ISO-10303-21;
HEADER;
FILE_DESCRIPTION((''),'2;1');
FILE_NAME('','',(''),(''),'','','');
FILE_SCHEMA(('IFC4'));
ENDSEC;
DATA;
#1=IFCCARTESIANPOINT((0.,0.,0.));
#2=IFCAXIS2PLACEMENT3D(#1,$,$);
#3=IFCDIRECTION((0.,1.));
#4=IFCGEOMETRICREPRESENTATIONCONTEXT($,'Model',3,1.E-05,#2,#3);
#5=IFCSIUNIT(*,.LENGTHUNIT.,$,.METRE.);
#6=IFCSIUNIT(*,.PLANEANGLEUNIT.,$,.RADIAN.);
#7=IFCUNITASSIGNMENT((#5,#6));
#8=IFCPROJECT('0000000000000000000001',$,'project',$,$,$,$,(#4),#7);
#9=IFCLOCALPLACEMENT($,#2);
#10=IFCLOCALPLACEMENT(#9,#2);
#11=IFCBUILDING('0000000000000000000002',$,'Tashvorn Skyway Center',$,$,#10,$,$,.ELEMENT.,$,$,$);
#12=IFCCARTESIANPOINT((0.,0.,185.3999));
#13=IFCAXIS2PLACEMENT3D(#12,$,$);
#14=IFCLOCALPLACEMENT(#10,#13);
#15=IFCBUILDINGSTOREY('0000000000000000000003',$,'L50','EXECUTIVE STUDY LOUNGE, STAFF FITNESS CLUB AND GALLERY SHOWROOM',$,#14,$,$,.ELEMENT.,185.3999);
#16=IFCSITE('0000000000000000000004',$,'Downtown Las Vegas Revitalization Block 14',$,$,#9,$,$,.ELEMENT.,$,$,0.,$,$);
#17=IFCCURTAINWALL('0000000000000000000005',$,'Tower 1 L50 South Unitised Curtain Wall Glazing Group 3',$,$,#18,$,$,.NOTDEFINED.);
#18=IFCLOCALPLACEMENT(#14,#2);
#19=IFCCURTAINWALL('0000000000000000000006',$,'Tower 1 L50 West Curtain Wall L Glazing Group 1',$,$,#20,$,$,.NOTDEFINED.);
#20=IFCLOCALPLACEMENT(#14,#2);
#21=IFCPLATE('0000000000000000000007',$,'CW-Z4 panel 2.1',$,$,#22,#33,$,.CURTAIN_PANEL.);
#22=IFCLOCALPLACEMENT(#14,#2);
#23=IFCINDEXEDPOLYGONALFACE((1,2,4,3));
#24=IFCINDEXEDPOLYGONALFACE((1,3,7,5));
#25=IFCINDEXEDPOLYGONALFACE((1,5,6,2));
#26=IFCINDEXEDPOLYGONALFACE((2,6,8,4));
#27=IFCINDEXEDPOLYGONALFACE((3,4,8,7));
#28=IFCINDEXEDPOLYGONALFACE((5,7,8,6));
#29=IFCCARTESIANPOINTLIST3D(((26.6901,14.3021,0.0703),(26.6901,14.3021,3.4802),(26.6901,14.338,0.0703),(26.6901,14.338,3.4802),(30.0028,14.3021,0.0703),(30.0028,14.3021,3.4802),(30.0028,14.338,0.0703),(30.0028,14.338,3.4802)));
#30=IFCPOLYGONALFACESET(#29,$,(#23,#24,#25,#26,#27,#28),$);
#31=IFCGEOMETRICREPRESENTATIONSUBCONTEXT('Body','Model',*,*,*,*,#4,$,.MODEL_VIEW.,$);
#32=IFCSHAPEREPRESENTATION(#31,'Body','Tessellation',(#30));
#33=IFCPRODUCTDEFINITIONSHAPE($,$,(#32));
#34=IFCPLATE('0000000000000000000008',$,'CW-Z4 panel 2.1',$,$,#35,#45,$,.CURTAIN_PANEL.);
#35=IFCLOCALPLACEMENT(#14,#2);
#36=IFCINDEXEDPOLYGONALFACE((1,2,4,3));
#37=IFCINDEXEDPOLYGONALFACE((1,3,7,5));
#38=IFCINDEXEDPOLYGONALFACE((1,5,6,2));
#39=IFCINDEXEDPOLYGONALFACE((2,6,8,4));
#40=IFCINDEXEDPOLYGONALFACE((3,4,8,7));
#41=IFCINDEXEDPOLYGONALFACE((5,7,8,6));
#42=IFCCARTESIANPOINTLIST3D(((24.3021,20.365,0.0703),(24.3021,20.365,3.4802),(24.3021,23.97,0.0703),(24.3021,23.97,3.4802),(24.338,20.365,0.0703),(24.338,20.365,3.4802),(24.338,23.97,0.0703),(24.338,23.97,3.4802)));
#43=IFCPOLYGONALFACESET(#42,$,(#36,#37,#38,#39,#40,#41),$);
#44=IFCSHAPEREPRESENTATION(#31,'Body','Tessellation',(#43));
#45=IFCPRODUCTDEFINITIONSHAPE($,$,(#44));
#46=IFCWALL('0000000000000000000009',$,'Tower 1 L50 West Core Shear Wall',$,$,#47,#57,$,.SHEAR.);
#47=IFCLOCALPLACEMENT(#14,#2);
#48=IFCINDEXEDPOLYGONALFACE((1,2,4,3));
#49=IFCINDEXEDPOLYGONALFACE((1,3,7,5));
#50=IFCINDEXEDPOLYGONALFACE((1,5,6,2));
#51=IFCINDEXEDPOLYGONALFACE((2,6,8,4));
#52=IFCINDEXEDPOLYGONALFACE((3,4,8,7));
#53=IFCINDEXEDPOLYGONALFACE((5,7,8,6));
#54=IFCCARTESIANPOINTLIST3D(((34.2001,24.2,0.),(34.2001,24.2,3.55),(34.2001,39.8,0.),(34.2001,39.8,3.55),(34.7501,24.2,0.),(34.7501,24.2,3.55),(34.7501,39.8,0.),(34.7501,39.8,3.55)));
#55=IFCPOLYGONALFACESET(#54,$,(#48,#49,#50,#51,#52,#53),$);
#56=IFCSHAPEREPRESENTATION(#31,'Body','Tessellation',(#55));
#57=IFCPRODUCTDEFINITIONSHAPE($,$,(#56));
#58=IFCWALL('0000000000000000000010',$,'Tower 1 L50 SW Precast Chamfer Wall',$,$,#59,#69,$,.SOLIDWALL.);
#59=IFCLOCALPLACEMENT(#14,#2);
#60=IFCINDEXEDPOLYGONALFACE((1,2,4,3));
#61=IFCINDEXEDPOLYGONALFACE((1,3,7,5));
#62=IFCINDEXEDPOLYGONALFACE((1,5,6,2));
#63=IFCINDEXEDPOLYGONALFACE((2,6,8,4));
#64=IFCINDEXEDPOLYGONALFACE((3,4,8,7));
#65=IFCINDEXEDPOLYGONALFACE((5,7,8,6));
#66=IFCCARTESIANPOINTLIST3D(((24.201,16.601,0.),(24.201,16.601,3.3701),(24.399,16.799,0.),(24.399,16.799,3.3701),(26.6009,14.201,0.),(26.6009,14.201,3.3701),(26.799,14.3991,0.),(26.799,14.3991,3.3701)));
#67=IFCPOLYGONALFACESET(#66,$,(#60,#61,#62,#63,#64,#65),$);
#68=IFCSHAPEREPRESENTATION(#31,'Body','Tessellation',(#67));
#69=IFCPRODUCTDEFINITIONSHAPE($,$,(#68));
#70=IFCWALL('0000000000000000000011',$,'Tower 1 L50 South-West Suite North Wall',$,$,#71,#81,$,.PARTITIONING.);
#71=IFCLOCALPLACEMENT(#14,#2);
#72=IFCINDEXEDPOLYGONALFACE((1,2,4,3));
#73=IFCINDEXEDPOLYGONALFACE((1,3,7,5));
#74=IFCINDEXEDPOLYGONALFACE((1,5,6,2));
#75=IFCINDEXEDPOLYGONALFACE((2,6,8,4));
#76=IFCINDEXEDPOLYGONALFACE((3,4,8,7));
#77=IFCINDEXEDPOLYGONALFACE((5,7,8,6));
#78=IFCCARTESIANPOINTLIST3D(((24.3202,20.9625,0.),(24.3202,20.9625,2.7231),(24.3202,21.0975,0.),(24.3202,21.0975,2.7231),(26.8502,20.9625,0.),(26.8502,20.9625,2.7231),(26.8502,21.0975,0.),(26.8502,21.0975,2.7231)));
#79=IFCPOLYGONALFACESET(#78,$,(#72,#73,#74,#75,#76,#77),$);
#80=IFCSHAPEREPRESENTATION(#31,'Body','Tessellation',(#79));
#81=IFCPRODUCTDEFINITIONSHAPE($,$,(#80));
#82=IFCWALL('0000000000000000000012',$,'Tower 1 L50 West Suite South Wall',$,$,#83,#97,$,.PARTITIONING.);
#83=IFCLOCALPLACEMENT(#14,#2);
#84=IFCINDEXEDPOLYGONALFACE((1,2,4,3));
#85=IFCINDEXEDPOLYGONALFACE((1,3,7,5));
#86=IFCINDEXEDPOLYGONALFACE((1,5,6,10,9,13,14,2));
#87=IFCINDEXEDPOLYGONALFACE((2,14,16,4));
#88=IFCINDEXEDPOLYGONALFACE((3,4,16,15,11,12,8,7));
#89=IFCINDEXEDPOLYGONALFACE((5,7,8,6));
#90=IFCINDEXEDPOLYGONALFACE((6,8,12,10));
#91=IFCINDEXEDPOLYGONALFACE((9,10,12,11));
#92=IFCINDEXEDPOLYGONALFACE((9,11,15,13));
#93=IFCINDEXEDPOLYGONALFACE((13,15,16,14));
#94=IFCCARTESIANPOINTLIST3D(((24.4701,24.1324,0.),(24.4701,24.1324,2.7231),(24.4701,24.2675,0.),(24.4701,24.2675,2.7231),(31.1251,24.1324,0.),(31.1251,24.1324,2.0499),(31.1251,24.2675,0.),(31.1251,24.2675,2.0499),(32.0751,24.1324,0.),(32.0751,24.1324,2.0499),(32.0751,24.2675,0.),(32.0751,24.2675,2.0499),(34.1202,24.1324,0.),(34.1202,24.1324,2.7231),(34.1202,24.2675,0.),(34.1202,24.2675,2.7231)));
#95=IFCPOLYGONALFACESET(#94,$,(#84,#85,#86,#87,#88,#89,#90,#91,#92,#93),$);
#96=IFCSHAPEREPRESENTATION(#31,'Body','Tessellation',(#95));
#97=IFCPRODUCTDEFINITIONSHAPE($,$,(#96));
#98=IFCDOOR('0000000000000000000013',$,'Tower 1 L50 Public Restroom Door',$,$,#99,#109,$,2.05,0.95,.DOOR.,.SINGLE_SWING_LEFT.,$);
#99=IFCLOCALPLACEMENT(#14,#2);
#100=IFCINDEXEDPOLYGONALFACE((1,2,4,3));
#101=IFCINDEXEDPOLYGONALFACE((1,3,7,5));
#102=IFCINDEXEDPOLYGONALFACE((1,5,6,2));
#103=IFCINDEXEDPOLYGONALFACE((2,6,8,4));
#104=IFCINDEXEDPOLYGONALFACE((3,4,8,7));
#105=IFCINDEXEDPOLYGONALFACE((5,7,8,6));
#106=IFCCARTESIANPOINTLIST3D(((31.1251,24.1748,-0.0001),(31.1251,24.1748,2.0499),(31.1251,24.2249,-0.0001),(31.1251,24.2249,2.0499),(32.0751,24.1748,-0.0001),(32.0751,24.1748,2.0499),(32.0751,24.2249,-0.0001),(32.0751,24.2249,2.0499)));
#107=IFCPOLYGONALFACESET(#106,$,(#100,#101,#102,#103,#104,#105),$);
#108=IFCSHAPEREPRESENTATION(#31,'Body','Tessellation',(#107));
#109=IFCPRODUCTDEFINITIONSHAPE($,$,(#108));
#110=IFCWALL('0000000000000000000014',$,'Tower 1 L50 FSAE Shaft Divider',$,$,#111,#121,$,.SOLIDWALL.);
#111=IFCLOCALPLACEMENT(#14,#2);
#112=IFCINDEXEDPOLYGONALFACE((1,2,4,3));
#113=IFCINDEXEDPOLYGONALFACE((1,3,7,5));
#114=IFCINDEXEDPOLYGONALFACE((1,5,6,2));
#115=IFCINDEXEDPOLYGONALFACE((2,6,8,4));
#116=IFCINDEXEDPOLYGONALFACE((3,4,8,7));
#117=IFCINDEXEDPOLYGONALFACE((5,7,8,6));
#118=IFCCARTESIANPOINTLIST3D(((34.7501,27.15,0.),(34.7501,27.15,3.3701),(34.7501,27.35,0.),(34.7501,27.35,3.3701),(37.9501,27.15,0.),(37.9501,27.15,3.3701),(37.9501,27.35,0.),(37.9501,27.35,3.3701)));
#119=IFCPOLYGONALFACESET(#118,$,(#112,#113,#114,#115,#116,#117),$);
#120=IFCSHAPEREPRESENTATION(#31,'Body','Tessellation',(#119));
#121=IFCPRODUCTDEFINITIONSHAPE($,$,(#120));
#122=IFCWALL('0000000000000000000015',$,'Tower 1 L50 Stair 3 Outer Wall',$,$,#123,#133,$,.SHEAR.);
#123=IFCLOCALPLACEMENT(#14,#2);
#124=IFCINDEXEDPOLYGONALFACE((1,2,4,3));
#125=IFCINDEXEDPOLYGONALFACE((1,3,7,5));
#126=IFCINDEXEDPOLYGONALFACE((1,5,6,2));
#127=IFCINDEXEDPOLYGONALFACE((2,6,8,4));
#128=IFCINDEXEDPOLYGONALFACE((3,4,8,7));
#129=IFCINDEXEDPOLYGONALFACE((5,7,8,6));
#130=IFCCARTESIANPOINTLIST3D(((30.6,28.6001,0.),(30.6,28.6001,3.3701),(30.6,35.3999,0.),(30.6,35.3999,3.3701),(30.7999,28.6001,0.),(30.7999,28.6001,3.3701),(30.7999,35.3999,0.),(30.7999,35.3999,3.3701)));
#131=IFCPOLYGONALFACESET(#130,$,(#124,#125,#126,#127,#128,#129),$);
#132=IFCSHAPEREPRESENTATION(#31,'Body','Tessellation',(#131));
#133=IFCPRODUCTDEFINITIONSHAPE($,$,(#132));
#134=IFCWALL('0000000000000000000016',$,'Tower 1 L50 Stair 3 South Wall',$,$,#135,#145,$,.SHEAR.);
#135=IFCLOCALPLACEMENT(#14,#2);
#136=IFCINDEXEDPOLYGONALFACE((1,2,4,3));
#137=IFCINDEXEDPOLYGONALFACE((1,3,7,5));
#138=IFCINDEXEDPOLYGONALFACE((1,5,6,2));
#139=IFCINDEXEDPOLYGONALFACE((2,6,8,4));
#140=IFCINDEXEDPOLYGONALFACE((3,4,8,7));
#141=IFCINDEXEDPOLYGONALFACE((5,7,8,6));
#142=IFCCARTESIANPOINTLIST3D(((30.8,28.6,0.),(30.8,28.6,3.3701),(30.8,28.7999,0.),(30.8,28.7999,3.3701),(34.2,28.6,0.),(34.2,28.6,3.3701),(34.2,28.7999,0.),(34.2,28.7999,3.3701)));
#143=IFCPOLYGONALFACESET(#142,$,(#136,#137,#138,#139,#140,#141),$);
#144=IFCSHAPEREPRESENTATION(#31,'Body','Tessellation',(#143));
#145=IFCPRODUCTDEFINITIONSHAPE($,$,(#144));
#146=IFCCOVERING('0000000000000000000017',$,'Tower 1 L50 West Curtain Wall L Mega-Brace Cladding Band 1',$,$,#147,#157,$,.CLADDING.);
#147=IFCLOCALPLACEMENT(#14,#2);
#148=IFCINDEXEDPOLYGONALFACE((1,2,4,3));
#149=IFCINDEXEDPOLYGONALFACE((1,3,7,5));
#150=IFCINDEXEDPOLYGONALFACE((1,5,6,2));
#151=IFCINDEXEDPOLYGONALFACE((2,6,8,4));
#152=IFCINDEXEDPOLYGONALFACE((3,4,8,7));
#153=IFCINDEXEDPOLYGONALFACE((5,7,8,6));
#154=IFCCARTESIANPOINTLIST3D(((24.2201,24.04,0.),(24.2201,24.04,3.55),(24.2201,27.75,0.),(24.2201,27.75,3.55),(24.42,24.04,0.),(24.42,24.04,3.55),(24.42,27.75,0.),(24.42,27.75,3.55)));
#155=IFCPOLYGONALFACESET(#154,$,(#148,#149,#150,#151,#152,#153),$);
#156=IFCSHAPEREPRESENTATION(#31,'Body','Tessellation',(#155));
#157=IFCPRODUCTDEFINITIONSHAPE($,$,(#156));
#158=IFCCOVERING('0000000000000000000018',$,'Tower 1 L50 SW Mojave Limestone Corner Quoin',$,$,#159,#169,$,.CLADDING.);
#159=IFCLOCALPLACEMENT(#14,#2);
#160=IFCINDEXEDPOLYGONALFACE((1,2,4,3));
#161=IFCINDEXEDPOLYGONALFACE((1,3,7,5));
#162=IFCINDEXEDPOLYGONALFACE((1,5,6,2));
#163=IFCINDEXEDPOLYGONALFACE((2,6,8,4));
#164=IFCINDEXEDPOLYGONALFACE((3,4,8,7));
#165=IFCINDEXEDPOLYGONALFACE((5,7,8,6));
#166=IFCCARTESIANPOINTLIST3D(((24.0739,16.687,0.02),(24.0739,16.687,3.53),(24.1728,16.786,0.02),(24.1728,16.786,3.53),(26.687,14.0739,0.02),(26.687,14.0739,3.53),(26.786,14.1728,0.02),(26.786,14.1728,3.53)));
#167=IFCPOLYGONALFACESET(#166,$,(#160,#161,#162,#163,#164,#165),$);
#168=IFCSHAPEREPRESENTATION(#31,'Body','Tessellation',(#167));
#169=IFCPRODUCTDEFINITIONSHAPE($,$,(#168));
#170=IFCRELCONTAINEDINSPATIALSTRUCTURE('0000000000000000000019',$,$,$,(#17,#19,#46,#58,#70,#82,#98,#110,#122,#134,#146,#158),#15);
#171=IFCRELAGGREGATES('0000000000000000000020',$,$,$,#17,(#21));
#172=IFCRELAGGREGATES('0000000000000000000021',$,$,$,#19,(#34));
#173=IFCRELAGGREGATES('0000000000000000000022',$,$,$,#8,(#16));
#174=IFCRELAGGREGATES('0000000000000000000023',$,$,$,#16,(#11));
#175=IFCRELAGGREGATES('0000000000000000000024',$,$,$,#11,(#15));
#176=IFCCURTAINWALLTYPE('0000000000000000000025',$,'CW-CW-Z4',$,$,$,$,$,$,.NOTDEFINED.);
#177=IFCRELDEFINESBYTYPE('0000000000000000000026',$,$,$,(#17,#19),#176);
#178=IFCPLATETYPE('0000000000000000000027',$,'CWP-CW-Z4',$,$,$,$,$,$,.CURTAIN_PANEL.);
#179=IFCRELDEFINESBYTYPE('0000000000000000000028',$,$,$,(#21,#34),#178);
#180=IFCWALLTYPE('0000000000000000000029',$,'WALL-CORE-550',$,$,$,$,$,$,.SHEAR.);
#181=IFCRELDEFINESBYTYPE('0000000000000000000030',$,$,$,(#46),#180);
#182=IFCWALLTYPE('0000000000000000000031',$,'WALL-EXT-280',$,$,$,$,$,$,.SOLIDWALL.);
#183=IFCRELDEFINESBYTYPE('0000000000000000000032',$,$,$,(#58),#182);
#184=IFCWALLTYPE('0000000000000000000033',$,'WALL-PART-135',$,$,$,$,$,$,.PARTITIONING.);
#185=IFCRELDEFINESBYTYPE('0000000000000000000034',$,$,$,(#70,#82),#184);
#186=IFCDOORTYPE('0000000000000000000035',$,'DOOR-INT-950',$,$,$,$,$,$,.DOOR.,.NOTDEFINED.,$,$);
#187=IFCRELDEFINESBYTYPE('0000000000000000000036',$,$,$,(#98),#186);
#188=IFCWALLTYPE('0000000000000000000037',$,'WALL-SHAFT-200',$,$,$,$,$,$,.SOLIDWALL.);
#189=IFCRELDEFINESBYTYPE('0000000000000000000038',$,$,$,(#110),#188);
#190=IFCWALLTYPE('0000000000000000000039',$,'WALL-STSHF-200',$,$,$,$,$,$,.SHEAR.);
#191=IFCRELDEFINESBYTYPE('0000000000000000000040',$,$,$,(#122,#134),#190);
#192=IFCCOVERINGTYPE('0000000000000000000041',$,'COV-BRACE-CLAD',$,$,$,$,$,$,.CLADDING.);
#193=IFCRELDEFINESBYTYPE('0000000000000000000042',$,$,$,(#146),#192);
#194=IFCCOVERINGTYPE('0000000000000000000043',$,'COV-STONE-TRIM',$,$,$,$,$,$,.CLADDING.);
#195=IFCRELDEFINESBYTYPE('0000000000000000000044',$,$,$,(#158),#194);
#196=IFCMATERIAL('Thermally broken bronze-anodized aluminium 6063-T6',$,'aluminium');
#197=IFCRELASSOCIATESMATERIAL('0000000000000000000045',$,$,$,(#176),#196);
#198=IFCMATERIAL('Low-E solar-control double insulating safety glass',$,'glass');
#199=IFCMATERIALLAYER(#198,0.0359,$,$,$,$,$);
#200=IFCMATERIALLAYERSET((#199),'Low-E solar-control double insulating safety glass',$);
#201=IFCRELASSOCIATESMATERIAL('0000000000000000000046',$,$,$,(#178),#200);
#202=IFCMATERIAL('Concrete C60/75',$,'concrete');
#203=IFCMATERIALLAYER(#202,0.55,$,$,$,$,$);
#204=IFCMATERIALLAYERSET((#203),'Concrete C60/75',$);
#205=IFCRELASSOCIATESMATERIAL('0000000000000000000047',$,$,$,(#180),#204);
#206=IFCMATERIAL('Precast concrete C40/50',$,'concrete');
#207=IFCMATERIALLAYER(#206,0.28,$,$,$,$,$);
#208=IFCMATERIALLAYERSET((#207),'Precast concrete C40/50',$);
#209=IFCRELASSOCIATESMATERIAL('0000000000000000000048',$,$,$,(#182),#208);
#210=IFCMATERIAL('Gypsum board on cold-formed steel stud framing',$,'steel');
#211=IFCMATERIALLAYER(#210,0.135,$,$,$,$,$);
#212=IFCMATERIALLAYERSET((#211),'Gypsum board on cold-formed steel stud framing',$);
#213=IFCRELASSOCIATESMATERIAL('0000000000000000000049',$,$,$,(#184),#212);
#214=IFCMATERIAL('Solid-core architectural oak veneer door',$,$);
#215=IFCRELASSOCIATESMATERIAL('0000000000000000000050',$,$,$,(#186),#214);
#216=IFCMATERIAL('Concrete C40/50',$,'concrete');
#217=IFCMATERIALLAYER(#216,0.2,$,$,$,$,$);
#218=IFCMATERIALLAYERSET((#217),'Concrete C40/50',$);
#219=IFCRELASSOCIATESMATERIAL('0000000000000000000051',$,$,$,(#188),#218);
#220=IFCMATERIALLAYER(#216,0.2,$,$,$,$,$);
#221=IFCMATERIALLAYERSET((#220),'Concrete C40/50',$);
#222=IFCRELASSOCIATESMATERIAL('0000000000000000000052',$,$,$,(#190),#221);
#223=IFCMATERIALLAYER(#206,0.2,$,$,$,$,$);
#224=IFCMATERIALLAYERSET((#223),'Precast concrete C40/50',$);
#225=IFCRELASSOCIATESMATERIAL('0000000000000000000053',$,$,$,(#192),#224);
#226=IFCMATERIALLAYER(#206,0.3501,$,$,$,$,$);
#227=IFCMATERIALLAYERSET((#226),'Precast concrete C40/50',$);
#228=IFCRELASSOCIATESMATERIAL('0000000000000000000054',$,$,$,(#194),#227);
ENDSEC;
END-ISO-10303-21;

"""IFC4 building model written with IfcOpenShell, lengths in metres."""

from ifc_helpers import new_model, si_unit, direction, frame, frame_2d, origin, origin_2d, place, context, subcontext, project, spatial, rectangle, extrude, material, layer, layer_set, type_object, element, fill, aggregate, save


model = new_model("IFC4")

# Units and contexts
model_context = context("Model", 3, precision=1e-05, world=origin(), true_north=direction((0.0, 1.0)))
body_context = subcontext(model_context, "Body", "Model", "MODEL_VIEW")
ifc_project = project(units=[si_unit("LENGTHUNIT", "METRE"), si_unit("PLANEANGLEUNIT", "RADIAN")], contexts=[model_context])

# Site, building, storey
site_placement = place(None, origin())
site = spatial("IfcSite", under=ifc_project, at=site_placement, Name="Downtown Las Vegas Revitalization Block 14", CompositionType="ELEMENT", RefElevation=0.0)
building_placement = place(site_placement, origin())
building = spatial("IfcBuilding", under=site, at=building_placement, Name="Tashvorn Skyway Center", CompositionType="ELEMENT")
storey_placement = place(building_placement, frame((0.0, 0.0, 185.3999)))
storey = spatial("IfcBuildingStorey", under=building, at=storey_placement, Name="L50", Description="EXECUTIVE STUDY LOUNGE, STAFF FITNESS CLUB AND GALLERY SHOWROOM", CompositionType="ELEMENT", Elevation=185.3999)

# Curtain wall
ifc_material_1 = material(Name="Thermally broken bronze-anodized aluminium 6063-T6", Category="aluminium")
curtain_wall_type = type_object("IfcCurtainWallType", Name="CW-CW-Z4", PredefinedType="NOTDEFINED", material=ifc_material_1)
curtain_wall_1_placement = place(storey_placement, origin())
curtain_wall_1 = element("IfcCurtainWall", 1, at=curtain_wall_1_placement, inside=storey, type_object=curtain_wall_type, Name="Tower 1 L50 South Unitised Curtain Wall Glazing Group 3", PredefinedType="NOTDEFINED")

# Curtain wall
curtain_wall_2_placement = place(storey_placement, origin())
curtain_wall_2 = element("IfcCurtainWall", 2, at=curtain_wall_2_placement, inside=storey, type_object=curtain_wall_type, Name="Tower 1 L50 West Curtain Wall L Glazing Group 1", PredefinedType="NOTDEFINED")

# Plates
ifc_material_2 = material(Name="Low-E solar-control double insulating safety glass", Category="glass")
ifc_layer_1 = layer(ifc_material_2, 0.0359)
ifc_layer_set_1 = layer_set([ifc_layer_1], Name="Low-E solar-control double insulating safety glass")
plate_type = type_object("IfcPlateType", Name="CWP-CW-Z4", PredefinedType="CURTAIN_PANEL", material=ifc_layer_set_1)
plate_1_placement = place(storey_placement, frame((28.3464, 14.3201, 0.0703), z_axis=(0.0, 0.0, 1.0), x_axis=(-1.0, 0.0, 0.0)))
plate_1 = element("IfcPlate", 3, at=plate_1_placement, type_object=plate_type, Name="CW-Z4 panel 2.1", PredefinedType="CURTAIN_PANEL", context=body_context, shape_type="SweptSolid", body=[
    extrude(rectangle(XDim=3.3127, YDim=0.0359, at=origin_2d()), origin(), (0.0, 0.0, 1.0), 3.4099),
])
aggregate(curtain_wall_1, [plate_1])
plate_2_placement = place(storey_placement, frame((24.3201, 22.1675, 0.0703), z_axis=(0.0, 0.0, 1.0), x_axis=(0.0, 1.0, 0.0)))
plate_2 = element("IfcPlate", 4, at=plate_2_placement, type_object=plate_type, Name="CW-Z4 panel 2.1", PredefinedType="CURTAIN_PANEL", context=body_context, shape_type="SweptSolid", body=[
    extrude(rectangle(XDim=3.605, YDim=0.0359, at=origin_2d()), origin(), (0.0, 0.0, 1.0), 3.4099),
])
aggregate(curtain_wall_2, [plate_2])

# Wall
ifc_material_3 = material(Name="Concrete C60/75", Category="concrete")
ifc_layer_2 = layer(ifc_material_3, 0.55)
ifc_layer_set_2 = layer_set([ifc_layer_2], Name="Concrete C60/75")
wall_type_1 = type_object("IfcWallType", Name="WALL-CORE-550", PredefinedType="SHEAR", material=ifc_layer_set_2)
wall_1_placement = place(storey_placement, frame((34.4751, 24.2, 0.0), z_axis=(0.0, 0.0, 1.0), x_axis=(0.0, 1.0, 0.0)))
element("IfcWall", 5, at=wall_1_placement, inside=storey, type_object=wall_type_1, Name="Tower 1 L50 West Core Shear Wall", PredefinedType="SHEAR", context=body_context, shape_type="SweptSolid", body=[
    extrude(rectangle(XDim=15.6001, YDim=0.55, at=frame_2d((7.8, 0.0))), origin(), (0.0, 0.0, 1.0), 3.55),
])

# Shared definitions
ifc_material_4 = material(Name="Precast concrete C40/50", Category="concrete")
ifc_layer_3 = layer(ifc_material_4, 0.28)
ifc_layer_set_3 = layer_set([ifc_layer_3], Name="Precast concrete C40/50")
wall_type_2 = type_object("IfcWallType", Name="WALL-EXT-280", PredefinedType="SOLIDWALL", material=ifc_layer_set_3)

# Walls
wall_2_placement = place(storey_placement, frame((26.7, 14.3, 0.0), z_axis=(0.0, 0.0, 1.0), x_axis=(-0.707107, 0.707107, 0.0)))
element("IfcWall", 6, at=wall_2_placement, inside=storey, type_object=wall_type_2, Name="Tower 1 L50 SW Precast Chamfer Wall", PredefinedType="SOLIDWALL", context=body_context, shape_type="SweptSolid", body=[
    extrude(rectangle(XDim=3.394, YDim=0.28, at=frame_2d((1.697, 0.0))), origin(), (0.0, 0.0, 1.0), 3.3701),
])
ifc_material_5 = material(Name="Gypsum board on cold-formed steel stud framing", Category="steel")
ifc_layer_4 = layer(ifc_material_5, 0.135)
ifc_layer_set_4 = layer_set([ifc_layer_4], Name="Gypsum board on cold-formed steel stud framing")
wall_type_3 = type_object("IfcWallType", Name="WALL-PART-135", PredefinedType="PARTITIONING", material=ifc_layer_set_4)
wall_3_placement = place(storey_placement, frame((24.3201, 21.03, 0.0), z_axis=(0.0, 0.0, 1.0), x_axis=(1.0, 0.0, 0.0)))
element("IfcWall", 7, at=wall_3_placement, inside=storey, type_object=wall_type_3, Name="Tower 1 L50 South-West Suite North Wall", PredefinedType="PARTITIONING", context=body_context, shape_type="SweptSolid", body=[
    extrude(rectangle(XDim=2.53, YDim=0.135, at=frame_2d((1.2651, 0.0))), origin(), (0.0, 0.0, 1.0), 2.7231),
])

# Wall, opening, door
wall_4_placement = place(storey_placement, frame((24.47, 24.2, 0.0), z_axis=(0.0, 0.0, 1.0), x_axis=(1.0, 0.0, 0.0)))
wall_4 = element("IfcWall", 8, at=wall_4_placement, inside=storey, type_object=wall_type_3, Name="Tower 1 L50 West Suite South Wall", PredefinedType="PARTITIONING", context=body_context, shape_type="SweptSolid", body=[
    extrude(rectangle(XDim=9.6501, YDim=0.135, at=frame_2d((4.8252, 0.0))), origin(), (0.0, 0.0, 1.0), 2.7231),
])
opening_1_placement = place(wall_4_placement, frame((6.655, 0.0, 0.0)))
opening_1 = element("IfcOpeningElement", 9, at=opening_1_placement, cuts=wall_4, PredefinedType="OPENING", context=body_context, shape_type="SweptSolid", body=[
    extrude(rectangle(XDim=0.95, YDim=2.05, at=frame_2d((0.4751, 1.0249))), frame((0.0, 0.0774, 0.0), z_axis=(0.0, -1.0, 0.0), x_axis=(1.0, 0.0, 0.0)), (0.0, 0.0, 1.0), 0.155),
])
ifc_material_6 = material(Name="Solid-core architectural oak veneer door")
door_type_1 = type_object("IfcDoorType", Name="DOOR-INT-950", OperationType="NOTDEFINED", PredefinedType="DOOR", material=ifc_material_6)
door_1_placement = place(opening_1_placement, origin())
door_1 = element("IfcDoor", 10, at=door_1_placement, inside=storey, type_object=door_type_1, Name="Tower 1 L50 Public Restroom Door", OperationType="SINGLE_SWING_LEFT", OverallHeight=2.05, OverallWidth=0.95, PredefinedType="DOOR", context=body_context, shape_type="SweptSolid", body=[
    extrude(rectangle(XDim=0.95, YDim=2.05, at=frame_2d((0.4751, 1.0249))), frame((0.0, 0.0249, 0.0), z_axis=(0.0, -1.0, 0.0), x_axis=(1.0, 0.0, 0.0)), (0.0, 0.0, 1.0), 0.05),
])
fill(opening_1, door_1)

# Walls
ifc_material_7 = material(Name="Concrete C40/50", Category="concrete")
ifc_layer_5 = layer(ifc_material_7, 0.2)
ifc_layer_set_5 = layer_set([ifc_layer_5], Name="Concrete C40/50")
wall_type_4 = type_object("IfcWallType", Name="WALL-SHAFT-200", PredefinedType="SOLIDWALL", material=ifc_layer_set_5)
wall_5_placement = place(storey_placement, frame((34.75, 27.25, 0.0), z_axis=(0.0, 0.0, 1.0), x_axis=(1.0, 0.0, 0.0)))
element("IfcWall", 11, at=wall_5_placement, inside=storey, type_object=wall_type_4, Name="Tower 1 L50 FSAE Shaft Divider", PredefinedType="SOLIDWALL", context=body_context, shape_type="SweptSolid", body=[
    extrude(rectangle(XDim=3.2, YDim=0.2, at=frame_2d((1.6001, 0.0))), origin(), (0.0, 0.0, 1.0), 3.3701),
])
ifc_layer_6 = layer(ifc_material_7, 0.2)
ifc_layer_set_6 = layer_set([ifc_layer_6], Name="Concrete C40/50")
wall_type_5 = type_object("IfcWallType", Name="WALL-STSHF-200", PredefinedType="SHEAR", material=ifc_layer_set_6)
wall_6_placement = place(storey_placement, frame((30.7, 28.6001, 0.0), z_axis=(0.0, 0.0, 1.0), x_axis=(0.0, 1.0, 0.0)))
element("IfcWall", 12, at=wall_6_placement, inside=storey, type_object=wall_type_5, Name="Tower 1 L50 Stair 3 Outer Wall", PredefinedType="SHEAR", context=body_context, shape_type="SweptSolid", body=[
    extrude(rectangle(XDim=6.7998, YDim=0.2, at=frame_2d((3.3999, 0.0))), origin(), (0.0, 0.0, 1.0), 3.3701),
])
wall_7_placement = place(storey_placement, frame((30.8, 28.7, 0.0), z_axis=(0.0, 0.0, 1.0), x_axis=(1.0, 0.0, 0.0)))
element("IfcWall", 13, at=wall_7_placement, inside=storey, type_object=wall_type_5, Name="Tower 1 L50 Stair 3 South Wall", PredefinedType="SHEAR", context=body_context, shape_type="SweptSolid", body=[
    extrude(rectangle(XDim=3.3999, YDim=0.2, at=frame_2d((1.7, 0.0))), origin(), (0.0, 0.0, 1.0), 3.3701),
])

# Coverings
ifc_layer_7 = layer(ifc_material_4, 0.2)
ifc_layer_set_7 = layer_set([ifc_layer_7], Name="Precast concrete C40/50")
covering_type_1 = type_object("IfcCoveringType", Name="COV-BRACE-CLAD", PredefinedType="CLADDING", material=ifc_layer_set_7)
covering_1_placement = place(storey_placement, frame((24.3201, 25.895, 0.0), z_axis=(0.0, 0.0, 1.0), x_axis=(0.0, 1.0, 0.0)))
element("IfcCovering", 14, at=covering_1_placement, inside=storey, type_object=covering_type_1, Name="Tower 1 L50 West Curtain Wall L Mega-Brace Cladding Band 1", PredefinedType="CLADDING", context=body_context, shape_type="SweptSolid", body=[
    extrude(rectangle(XDim=3.71, YDim=0.2, at=origin_2d()), origin(), (0.0, 0.0, 1.0), 3.55),
])
ifc_layer_8 = layer(ifc_material_4, 0.3501)
ifc_layer_set_8 = layer_set([ifc_layer_8], Name="Precast concrete C40/50")
covering_type_2 = type_object("IfcCoveringType", Name="COV-STONE-TRIM", PredefinedType="CLADDING", material=ifc_layer_set_8)
covering_2_placement = place(storey_placement, frame((25.4299, 15.4299, 0.02), z_axis=(0.0, 0.0, 1.0), x_axis=(-0.707107, 0.707107, 0.0)))
element("IfcCovering", 15, at=covering_2_placement, inside=storey, type_object=covering_type_2, Name="Tower 1 L50 SW Mojave Limestone Corner Quoin", PredefinedType="CLADDING", context=body_context, shape_type="SweptSolid", body=[
    extrude(rectangle(XDim=3.6956, YDim=0.1399, at=origin_2d()), origin(), (0.0, 0.0, 1.0), 3.51),
])

save(model, "model.ifc")
